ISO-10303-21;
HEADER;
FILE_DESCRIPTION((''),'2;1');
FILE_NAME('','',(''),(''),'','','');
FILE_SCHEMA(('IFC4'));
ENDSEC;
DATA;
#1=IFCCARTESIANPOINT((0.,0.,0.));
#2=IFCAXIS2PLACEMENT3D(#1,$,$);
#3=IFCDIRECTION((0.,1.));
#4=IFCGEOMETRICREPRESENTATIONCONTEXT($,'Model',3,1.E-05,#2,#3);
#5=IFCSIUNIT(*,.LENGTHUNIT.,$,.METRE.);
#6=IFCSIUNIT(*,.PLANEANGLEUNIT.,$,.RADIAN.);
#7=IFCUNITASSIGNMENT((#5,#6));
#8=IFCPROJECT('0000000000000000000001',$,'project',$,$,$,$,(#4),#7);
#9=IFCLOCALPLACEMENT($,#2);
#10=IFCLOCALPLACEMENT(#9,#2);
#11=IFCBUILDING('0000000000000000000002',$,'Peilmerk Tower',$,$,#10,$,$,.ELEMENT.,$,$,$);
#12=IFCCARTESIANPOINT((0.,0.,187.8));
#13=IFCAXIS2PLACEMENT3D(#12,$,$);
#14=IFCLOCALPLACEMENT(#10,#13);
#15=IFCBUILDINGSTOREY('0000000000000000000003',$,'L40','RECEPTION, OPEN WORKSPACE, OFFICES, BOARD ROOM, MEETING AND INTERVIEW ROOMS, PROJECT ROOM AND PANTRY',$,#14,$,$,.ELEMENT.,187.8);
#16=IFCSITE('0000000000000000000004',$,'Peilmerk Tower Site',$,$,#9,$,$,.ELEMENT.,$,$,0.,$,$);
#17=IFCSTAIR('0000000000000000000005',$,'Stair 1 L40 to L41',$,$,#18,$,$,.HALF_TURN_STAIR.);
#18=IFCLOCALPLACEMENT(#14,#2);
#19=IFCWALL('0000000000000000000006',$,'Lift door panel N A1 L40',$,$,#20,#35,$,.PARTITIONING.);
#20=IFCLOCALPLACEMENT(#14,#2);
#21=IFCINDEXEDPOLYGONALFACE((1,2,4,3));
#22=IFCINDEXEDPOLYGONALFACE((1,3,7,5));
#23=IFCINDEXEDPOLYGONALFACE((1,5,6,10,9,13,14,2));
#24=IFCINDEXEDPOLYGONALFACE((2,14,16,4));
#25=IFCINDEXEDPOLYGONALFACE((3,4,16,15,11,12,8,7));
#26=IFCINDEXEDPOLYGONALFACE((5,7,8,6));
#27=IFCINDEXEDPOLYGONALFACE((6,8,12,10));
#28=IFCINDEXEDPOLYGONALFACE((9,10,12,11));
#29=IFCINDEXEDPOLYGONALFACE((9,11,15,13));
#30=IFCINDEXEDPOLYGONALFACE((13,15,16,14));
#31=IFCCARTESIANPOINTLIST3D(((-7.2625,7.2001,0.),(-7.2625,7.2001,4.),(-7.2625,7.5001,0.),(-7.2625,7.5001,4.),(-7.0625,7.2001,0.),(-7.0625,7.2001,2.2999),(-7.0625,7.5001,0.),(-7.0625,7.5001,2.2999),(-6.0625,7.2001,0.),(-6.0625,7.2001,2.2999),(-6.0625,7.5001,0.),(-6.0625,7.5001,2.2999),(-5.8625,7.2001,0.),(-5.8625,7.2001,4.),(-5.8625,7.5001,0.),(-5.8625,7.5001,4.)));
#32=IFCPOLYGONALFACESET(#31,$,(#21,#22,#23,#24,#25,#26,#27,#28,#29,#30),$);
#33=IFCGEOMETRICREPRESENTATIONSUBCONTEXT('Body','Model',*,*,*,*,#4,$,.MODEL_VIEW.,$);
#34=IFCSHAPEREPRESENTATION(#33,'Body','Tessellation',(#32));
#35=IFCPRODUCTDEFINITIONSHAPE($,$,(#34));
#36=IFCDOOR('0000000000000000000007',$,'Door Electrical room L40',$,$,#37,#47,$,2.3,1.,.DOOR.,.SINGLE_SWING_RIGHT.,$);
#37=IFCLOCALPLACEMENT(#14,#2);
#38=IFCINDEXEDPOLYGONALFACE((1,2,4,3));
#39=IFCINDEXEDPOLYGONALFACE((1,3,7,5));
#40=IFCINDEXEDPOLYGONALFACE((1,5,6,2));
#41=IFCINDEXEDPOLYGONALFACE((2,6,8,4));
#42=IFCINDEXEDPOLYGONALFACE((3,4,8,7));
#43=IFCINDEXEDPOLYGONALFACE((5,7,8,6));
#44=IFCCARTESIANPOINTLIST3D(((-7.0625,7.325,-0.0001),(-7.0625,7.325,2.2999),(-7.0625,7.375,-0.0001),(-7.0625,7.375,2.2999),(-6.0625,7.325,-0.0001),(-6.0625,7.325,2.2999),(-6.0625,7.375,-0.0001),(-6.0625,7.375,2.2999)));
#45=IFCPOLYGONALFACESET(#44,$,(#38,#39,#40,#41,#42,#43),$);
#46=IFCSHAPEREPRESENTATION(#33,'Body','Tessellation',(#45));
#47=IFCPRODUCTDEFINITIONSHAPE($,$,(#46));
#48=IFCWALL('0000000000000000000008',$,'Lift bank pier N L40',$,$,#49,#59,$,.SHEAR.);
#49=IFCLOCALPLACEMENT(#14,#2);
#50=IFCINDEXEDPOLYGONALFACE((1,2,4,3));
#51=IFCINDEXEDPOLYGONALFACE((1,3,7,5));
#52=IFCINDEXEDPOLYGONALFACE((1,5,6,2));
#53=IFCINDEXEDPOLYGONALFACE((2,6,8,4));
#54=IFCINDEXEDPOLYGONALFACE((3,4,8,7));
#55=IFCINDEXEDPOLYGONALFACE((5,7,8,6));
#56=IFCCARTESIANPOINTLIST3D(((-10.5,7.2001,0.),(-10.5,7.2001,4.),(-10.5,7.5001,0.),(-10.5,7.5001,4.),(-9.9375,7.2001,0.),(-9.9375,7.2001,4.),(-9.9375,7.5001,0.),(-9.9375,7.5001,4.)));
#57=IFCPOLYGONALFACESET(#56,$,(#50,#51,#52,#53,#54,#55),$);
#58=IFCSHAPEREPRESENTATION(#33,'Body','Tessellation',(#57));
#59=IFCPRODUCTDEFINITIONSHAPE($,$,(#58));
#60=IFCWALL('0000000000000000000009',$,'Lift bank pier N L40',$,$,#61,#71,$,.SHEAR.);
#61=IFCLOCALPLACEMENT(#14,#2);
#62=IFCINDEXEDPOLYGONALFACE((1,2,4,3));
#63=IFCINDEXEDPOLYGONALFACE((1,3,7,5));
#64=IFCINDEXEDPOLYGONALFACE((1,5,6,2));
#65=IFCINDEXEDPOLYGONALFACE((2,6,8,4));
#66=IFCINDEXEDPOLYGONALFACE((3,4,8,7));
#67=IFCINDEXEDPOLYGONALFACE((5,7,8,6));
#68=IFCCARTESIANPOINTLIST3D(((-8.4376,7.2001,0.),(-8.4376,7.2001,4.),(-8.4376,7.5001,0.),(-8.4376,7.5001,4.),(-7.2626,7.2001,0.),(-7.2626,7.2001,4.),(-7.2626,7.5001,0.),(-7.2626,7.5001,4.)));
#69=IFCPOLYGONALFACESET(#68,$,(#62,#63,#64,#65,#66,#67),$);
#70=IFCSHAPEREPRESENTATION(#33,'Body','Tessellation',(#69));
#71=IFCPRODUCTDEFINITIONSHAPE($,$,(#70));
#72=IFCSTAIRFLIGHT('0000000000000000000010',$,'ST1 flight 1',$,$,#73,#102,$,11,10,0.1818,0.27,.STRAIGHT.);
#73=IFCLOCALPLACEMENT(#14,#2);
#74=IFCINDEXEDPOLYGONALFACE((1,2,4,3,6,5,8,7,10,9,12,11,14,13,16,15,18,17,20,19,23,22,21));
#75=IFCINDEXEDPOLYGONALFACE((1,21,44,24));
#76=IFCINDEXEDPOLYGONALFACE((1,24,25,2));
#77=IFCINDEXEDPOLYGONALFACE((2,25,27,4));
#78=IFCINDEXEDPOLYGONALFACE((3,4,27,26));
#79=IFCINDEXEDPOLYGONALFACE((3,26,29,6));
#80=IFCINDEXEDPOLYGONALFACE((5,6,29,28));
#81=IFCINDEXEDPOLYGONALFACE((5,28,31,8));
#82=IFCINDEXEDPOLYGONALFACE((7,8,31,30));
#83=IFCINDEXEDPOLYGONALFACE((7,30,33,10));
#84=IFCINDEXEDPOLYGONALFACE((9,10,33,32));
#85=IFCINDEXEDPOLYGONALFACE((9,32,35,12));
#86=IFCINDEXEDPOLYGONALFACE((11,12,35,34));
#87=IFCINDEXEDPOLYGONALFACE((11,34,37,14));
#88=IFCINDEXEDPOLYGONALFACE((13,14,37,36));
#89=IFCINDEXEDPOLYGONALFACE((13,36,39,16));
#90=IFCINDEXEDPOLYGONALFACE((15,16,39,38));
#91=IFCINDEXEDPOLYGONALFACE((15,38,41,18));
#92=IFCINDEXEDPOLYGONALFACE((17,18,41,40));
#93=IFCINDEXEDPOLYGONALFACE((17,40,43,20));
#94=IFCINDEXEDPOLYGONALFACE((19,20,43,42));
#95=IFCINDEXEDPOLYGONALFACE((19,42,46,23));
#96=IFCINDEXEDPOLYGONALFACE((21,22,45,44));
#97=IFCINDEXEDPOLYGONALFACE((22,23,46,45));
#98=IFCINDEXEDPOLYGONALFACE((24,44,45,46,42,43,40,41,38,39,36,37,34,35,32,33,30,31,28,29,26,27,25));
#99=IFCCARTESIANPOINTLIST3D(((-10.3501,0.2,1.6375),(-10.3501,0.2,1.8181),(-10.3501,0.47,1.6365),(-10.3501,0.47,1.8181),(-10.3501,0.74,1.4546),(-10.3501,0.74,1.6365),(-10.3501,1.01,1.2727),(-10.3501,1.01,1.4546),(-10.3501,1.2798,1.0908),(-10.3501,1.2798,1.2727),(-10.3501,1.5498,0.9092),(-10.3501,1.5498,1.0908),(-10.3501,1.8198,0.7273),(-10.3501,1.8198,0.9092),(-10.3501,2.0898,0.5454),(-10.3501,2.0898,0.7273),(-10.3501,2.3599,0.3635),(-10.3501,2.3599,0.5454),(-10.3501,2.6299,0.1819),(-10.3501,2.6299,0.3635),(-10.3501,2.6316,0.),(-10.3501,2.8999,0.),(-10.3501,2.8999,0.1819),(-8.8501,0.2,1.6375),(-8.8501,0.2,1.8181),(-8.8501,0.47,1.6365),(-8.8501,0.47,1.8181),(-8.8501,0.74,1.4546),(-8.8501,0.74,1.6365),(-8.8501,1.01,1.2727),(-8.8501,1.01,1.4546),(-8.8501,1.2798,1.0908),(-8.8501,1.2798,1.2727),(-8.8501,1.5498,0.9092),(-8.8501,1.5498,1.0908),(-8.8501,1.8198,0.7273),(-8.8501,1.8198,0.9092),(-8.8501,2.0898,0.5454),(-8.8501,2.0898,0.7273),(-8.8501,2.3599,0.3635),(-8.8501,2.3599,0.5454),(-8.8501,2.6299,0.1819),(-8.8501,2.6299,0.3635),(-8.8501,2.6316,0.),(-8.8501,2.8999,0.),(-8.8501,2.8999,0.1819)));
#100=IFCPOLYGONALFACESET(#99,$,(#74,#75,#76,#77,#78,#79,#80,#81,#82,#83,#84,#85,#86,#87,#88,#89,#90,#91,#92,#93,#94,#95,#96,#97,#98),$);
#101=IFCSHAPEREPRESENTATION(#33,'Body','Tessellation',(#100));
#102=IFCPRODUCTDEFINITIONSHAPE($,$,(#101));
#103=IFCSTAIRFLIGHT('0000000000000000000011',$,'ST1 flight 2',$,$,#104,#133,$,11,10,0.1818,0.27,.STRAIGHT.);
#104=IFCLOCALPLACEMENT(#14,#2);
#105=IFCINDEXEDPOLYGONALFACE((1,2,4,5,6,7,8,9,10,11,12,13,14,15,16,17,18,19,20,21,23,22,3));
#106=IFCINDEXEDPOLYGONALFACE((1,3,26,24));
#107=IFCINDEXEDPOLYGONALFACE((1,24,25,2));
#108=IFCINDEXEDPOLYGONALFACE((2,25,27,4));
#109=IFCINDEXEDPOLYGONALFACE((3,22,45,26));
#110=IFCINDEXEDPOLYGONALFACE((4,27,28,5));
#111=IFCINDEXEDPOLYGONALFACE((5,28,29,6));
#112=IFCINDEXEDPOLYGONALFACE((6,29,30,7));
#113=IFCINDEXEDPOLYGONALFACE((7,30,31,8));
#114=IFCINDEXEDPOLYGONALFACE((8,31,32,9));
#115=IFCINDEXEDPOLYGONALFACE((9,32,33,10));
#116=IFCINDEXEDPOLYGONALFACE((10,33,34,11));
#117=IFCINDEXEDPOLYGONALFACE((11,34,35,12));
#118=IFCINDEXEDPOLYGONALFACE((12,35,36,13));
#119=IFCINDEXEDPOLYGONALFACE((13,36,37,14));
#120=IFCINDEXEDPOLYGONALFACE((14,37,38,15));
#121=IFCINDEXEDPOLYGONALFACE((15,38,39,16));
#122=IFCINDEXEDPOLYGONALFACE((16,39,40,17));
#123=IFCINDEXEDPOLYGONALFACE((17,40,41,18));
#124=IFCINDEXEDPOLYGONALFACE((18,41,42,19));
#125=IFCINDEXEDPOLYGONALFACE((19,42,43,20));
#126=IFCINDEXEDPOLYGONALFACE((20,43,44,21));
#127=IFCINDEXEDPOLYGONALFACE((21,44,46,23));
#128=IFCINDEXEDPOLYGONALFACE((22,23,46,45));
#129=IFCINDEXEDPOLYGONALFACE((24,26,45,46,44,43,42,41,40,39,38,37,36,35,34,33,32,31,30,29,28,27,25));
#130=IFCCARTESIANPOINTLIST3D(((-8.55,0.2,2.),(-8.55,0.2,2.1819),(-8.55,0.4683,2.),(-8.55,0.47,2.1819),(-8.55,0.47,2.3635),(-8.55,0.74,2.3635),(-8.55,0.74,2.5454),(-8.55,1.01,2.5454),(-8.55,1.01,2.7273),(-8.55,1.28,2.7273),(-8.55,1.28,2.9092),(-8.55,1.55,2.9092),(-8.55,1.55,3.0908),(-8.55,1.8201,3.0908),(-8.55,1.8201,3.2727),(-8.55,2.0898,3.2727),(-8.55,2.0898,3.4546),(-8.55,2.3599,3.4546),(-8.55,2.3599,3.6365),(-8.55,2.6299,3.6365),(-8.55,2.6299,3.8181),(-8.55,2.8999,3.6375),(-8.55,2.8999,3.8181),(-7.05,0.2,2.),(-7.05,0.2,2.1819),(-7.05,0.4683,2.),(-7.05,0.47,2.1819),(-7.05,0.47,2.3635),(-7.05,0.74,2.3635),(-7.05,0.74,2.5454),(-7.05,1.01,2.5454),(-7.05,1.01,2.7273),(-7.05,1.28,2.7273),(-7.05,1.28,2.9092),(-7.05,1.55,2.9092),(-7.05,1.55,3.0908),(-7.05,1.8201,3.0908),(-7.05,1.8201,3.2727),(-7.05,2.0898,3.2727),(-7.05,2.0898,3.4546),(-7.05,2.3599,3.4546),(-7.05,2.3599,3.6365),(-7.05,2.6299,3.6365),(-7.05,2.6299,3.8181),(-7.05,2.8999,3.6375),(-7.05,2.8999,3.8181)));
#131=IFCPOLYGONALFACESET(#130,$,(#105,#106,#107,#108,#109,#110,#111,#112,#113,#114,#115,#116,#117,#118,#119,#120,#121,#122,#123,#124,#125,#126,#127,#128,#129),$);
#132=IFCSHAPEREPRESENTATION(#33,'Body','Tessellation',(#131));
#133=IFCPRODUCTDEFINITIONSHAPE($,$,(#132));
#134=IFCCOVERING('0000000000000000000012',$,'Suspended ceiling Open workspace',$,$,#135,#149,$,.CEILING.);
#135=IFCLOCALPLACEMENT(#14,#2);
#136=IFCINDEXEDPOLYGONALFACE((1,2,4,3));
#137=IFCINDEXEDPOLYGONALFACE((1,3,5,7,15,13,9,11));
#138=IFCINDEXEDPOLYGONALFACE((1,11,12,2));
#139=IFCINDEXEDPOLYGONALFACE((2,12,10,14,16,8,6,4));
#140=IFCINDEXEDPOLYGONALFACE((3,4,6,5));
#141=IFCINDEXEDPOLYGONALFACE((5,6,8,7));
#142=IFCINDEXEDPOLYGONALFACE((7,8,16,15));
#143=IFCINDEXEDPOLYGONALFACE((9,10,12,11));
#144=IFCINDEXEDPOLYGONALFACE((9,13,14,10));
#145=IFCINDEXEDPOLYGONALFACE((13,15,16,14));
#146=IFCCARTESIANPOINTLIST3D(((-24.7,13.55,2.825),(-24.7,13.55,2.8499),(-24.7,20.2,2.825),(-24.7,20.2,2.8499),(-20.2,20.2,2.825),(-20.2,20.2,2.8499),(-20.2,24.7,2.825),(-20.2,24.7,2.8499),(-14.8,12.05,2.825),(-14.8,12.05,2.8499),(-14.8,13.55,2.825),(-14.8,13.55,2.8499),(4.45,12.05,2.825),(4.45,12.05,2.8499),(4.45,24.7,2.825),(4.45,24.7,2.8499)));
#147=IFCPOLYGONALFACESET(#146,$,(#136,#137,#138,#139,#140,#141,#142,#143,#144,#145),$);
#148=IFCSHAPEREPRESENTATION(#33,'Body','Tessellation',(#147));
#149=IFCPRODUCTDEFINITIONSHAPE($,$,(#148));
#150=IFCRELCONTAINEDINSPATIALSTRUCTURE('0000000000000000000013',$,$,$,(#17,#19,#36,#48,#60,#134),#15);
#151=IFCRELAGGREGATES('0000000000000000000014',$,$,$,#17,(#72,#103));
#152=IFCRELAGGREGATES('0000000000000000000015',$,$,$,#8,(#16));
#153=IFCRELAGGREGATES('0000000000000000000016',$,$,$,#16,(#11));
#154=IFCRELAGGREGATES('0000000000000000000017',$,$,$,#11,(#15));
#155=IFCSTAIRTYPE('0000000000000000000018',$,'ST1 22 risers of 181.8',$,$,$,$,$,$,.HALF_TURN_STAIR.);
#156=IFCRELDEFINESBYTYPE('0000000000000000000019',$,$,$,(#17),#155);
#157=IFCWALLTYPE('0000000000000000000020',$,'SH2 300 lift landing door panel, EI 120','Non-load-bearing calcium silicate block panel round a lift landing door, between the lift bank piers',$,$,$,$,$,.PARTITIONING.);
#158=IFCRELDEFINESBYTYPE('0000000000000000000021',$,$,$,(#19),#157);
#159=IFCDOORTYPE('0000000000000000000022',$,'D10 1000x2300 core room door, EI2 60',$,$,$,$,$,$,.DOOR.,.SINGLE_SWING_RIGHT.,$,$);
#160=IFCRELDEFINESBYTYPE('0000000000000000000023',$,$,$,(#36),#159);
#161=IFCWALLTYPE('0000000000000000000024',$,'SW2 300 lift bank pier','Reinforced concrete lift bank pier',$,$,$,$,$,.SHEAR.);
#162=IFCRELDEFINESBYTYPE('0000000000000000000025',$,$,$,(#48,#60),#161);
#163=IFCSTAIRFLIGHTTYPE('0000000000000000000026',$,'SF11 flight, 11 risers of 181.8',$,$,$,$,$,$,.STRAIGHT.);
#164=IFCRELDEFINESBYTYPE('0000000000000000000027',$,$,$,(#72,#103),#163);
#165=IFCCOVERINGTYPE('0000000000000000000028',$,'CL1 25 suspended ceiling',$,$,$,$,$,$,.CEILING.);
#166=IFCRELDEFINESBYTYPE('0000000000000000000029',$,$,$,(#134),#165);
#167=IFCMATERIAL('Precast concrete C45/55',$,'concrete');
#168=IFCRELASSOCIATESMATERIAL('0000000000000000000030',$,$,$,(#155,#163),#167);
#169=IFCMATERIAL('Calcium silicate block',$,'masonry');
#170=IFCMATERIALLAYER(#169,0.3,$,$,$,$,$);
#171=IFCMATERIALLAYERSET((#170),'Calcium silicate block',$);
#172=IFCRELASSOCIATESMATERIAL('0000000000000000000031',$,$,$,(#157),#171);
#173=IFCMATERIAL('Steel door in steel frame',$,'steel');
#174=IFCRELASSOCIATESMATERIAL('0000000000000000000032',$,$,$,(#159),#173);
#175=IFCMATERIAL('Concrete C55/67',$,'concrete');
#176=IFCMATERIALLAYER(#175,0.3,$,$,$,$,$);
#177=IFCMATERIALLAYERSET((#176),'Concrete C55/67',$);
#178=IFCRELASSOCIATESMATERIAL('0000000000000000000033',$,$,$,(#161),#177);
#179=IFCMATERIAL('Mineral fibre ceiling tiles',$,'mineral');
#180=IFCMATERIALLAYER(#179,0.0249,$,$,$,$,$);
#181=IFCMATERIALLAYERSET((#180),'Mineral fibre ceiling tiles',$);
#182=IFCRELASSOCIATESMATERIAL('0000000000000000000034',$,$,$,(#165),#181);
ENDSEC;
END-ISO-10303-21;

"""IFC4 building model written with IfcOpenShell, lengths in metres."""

from ifc_helpers import new_model, si_unit, direction, frame, frame_2d, origin, place, context, subcontext, project, spatial, polyline, rectangle, outline, extrude, material, layer, layer_set, type_object, element, fill, aggregate, save


model = new_model("IFC4")

# Units and contexts
model_context = context("Model", 3, precision=1e-05, world=origin(), true_north=direction((0.0, 1.0)))
body_context = subcontext(model_context, "Body", "Model", "MODEL_VIEW")
ifc_project = project(units=[si_unit("LENGTHUNIT", "METRE"), si_unit("PLANEANGLEUNIT", "RADIAN")], contexts=[model_context])

# Site, building, storey
site_placement = place(None, origin())
site = spatial("IfcSite", under=ifc_project, at=site_placement, Name="Peilmerk Tower Site", CompositionType="ELEMENT", RefElevation=0.0)
building_placement = place(site_placement, origin())
building = spatial("IfcBuilding", under=site, at=building_placement, Name="Peilmerk Tower", CompositionType="ELEMENT")
storey_placement = place(building_placement, frame((0.0, 0.0, 187.8)))
storey = spatial("IfcBuildingStorey", under=building, at=storey_placement, Name="L40", Description="RECEPTION, OPEN WORKSPACE, OFFICES, BOARD ROOM, MEETING AND INTERVIEW ROOMS, PROJECT ROOM AND PANTRY", CompositionType="ELEMENT", Elevation=187.8)

# Shared definitions
ifc_material_1 = material(Name="Concrete C55/67", Category="concrete")

# Stair
ifc_material_2 = material(Name="Precast concrete C45/55", Category="concrete")
stair_type_1 = type_object("IfcStairType", Name="ST1 22 risers of 181.8", PredefinedType="HALF_TURN_STAIR", material=ifc_material_2)
stair_1_placement = place(storey_placement, origin())
stair_1 = element("IfcStair", 1, at=stair_1_placement, inside=storey, type_object=stair_type_1, Name="Stair 1 L40 to L41", PredefinedType="HALF_TURN_STAIR")

# Shared definitions
ifc_material_3 = material(Name="Steel door in steel frame", Category="steel")

# Wall, opening, door
ifc_material_4 = material(Name="Calcium silicate block", Category="masonry")
ifc_layer_1 = layer(ifc_material_4, 0.3)
ifc_layer_set_1 = layer_set([ifc_layer_1], Name="Calcium silicate block")
wall_type_1 = type_object("IfcWallType", Name="SH2 300 lift landing door panel, EI 120", Description="Non-load-bearing calcium silicate block panel round a lift landing door, between the lift bank piers", PredefinedType="PARTITIONING", material=ifc_layer_set_1)
wall_1_placement = place(storey_placement, frame((-7.2625, 7.3501, 0.0), z_axis=(0.0, 0.0, 1.0), x_axis=(1.0, 0.0, 0.0)))
wall_1 = element("IfcWall", 2, at=wall_1_placement, inside=storey, type_object=wall_type_1, Name="Lift door panel N A1 L40", PredefinedType="PARTITIONING", context=body_context, shape_type="SweptSolid", body=[
    extrude(rectangle(XDim=1.3999, YDim=0.3, at=frame_2d((0.7, 0.0))), origin(), (0.0, 0.0, 1.0), 4.0),
])
opening_1_placement = place(wall_1_placement, frame((0.2, 0.0, 0.0)))
opening_1 = element("IfcOpeningElement", 3, at=opening_1_placement, cuts=wall_1, PredefinedType="OPENING", context=body_context, shape_type="SweptSolid", body=[
    extrude(rectangle(XDim=1.0, YDim=2.3, at=frame_2d((0.5, 1.1499))), frame((0.0, 0.1599, 0.0), z_axis=(0.0, -1.0, 0.0), x_axis=(1.0, 0.0, 0.0)), (0.0, 0.0, 1.0), 0.3201),
])
door_type_1 = type_object("IfcDoorType", Name="D10 1000x2300 core room door, EI2 60", OperationType="SINGLE_SWING_RIGHT", PredefinedType="DOOR", material=ifc_material_3)
door_1_placement = place(opening_1_placement, origin())
door_1 = element("IfcDoor", 4, at=door_1_placement, inside=storey, type_object=door_type_1, Name="Door Electrical room L40", OperationType="SINGLE_SWING_RIGHT", OverallHeight=2.3, OverallWidth=1.0, PredefinedType="DOOR", context=body_context, shape_type="SweptSolid", body=[
    extrude(rectangle(XDim=1.0, YDim=2.3, at=frame_2d((0.5, 1.1499))), frame((0.0, 0.0249, 0.0), z_axis=(0.0, -1.0, 0.0), x_axis=(1.0, 0.0, 0.0)), (0.0, 0.0, 1.0), 0.05),
])
fill(opening_1, door_1)

# Walls
ifc_layer_2 = layer(ifc_material_1, 0.3)
ifc_layer_set_2 = layer_set([ifc_layer_2], Name="Concrete C55/67")
wall_type_2 = type_object("IfcWallType", Name="SW2 300 lift bank pier", Description="Reinforced concrete lift bank pier", PredefinedType="SHEAR", material=ifc_layer_set_2)
wall_2_placement = place(storey_placement, frame((-10.5, 7.3501, 0.0), z_axis=(0.0, 0.0, 1.0), x_axis=(1.0, 0.0, 0.0)))
element("IfcWall", 5, at=wall_2_placement, inside=storey, type_object=wall_type_2, Name="Lift bank pier N L40", PredefinedType="SHEAR", context=body_context, shape_type="SweptSolid", body=[
    extrude(rectangle(XDim=0.5625, YDim=0.3, at=frame_2d((0.2812, 0.0))), origin(), (0.0, 0.0, 1.0), 4.0),
])
wall_3_placement = place(storey_placement, frame((-8.4375, 7.3501, 0.0), z_axis=(0.0, 0.0, 1.0), x_axis=(1.0, 0.0, 0.0)))
element("IfcWall", 6, at=wall_3_placement, inside=storey, type_object=wall_type_2, Name="Lift bank pier N L40", PredefinedType="SHEAR", context=body_context, shape_type="SweptSolid", body=[
    extrude(rectangle(XDim=1.175, YDim=0.3, at=frame_2d((0.5874, 0.0))), origin(), (0.0, 0.0, 1.0), 4.0),
])

# Stair flights
stair_flight_type = type_object("IfcStairFlightType", Name="SF11 flight, 11 risers of 181.8", PredefinedType="STRAIGHT", material=ifc_material_2)
stair_flight_1_placement = place(storey_placement, frame((-9.6001, 2.8999, 0.0), z_axis=(0.0, 0.0, 1.0), x_axis=(0.0, -1.0, 0.0)))
stair_flight_1 = element("IfcStairFlight", 7, at=stair_flight_1_placement, type_object=stair_flight_type, Name="ST1 flight 1", NumberOfRisers=11, NumberOfTreads=10, PredefinedType="STRAIGHT", RiserHeight=0.1818, TreadLength=0.27, context=body_context, shape_type="SweptSolid", body=[
    extrude(outline(polyline([(0.0, 0.0), (0.0, 0.1819), (0.27, 0.1819), (0.27, 0.3635), (0.54, 0.3635), (0.54, 0.5454), (0.8101, 0.5454), (0.8101, 0.7273), (1.0801, 0.7273), (1.0801, 0.9092), (1.3501, 0.9092), (1.3501, 1.0908), (1.6201, 1.0908), (1.6201, 1.2727), (1.8899, 1.2727), (1.8899, 1.4546), (2.1599, 1.4546), (2.1599, 1.6365), (2.4299, 1.6365), (2.4299, 1.8181), (2.7, 1.8181), (2.7, 2.0), (2.7, 1.6375), (0.2683, 0.0), (0.0, 0.0)])), frame((0.0, 0.75, 0.0), z_axis=(0.0, -1.0, 0.0), x_axis=(1.0, 0.0, 0.0)), (0.0, 0.0, 1.0), 1.5),
])
stair_flight_2_placement = place(storey_placement, frame((-7.8, 0.2, 2.0), z_axis=(0.0, 0.0, 1.0), x_axis=(0.0, 1.0, 0.0)))
stair_flight_2 = element("IfcStairFlight", 8, at=stair_flight_2_placement, type_object=stair_flight_type, Name="ST1 flight 2", NumberOfRisers=11, NumberOfTreads=10, PredefinedType="STRAIGHT", RiserHeight=0.1818, TreadLength=0.27, context=body_context, shape_type="SweptSolid", body=[
    extrude(outline(polyline([(0.0, 0.0), (0.0, 0.1819), (0.27, 0.1819), (0.27, 0.3635), (0.54, 0.3635), (0.54, 0.5454), (0.8101, 0.5454), (0.8101, 0.7273), (1.0801, 0.7273), (1.0801, 0.9092), (1.3501, 0.9092), (1.3501, 1.0908), (1.6201, 1.0908), (1.6201, 1.2727), (1.8899, 1.2727), (1.8899, 1.4546), (2.1599, 1.4546), (2.1599, 1.6365), (2.4299, 1.6365), (2.4299, 1.8181), (2.7, 1.8181), (2.7, 2.0), (2.7, 1.6375), (0.2683, 0.0), (0.0, 0.0)])), frame((0.0, 0.75, 0.0), z_axis=(0.0, -1.0, 0.0), x_axis=(1.0, 0.0, 0.0)), (0.0, 0.0, 1.0), 1.5),
])
aggregate(stair_1, [stair_flight_1, stair_flight_2])

# Covering
ifc_material_5 = material(Name="Mineral fibre ceiling tiles", Category="mineral")
ifc_layer_3 = layer(ifc_material_5, 0.0249)
ifc_layer_set_3 = layer_set([ifc_layer_3], Name="Mineral fibre ceiling tiles")
covering_type = type_object("IfcCoveringType", Name="CL1 25 suspended ceiling", PredefinedType="CEILING", material=ifc_layer_set_3)
covering_placement = place(storey_placement, frame((0.0, 0.0, 2.825)))
element("IfcCovering", 9, at=covering_placement, inside=storey, type_object=covering_type, Name="Suspended ceiling Open workspace", PredefinedType="CEILING", context=body_context, shape_type="SweptSolid", body=[
    extrude(outline(polyline([(-24.7, 20.2), (-24.7, 13.55), (-14.8, 13.55), (-14.8, 12.05), (4.45, 12.05), (4.45, 24.7), (-20.2, 24.7), (-20.2, 20.2), (-24.7, 20.2)])), origin(), (0.0, 0.0, 1.0), 0.0249),
])

save(model, "model.ifc")
